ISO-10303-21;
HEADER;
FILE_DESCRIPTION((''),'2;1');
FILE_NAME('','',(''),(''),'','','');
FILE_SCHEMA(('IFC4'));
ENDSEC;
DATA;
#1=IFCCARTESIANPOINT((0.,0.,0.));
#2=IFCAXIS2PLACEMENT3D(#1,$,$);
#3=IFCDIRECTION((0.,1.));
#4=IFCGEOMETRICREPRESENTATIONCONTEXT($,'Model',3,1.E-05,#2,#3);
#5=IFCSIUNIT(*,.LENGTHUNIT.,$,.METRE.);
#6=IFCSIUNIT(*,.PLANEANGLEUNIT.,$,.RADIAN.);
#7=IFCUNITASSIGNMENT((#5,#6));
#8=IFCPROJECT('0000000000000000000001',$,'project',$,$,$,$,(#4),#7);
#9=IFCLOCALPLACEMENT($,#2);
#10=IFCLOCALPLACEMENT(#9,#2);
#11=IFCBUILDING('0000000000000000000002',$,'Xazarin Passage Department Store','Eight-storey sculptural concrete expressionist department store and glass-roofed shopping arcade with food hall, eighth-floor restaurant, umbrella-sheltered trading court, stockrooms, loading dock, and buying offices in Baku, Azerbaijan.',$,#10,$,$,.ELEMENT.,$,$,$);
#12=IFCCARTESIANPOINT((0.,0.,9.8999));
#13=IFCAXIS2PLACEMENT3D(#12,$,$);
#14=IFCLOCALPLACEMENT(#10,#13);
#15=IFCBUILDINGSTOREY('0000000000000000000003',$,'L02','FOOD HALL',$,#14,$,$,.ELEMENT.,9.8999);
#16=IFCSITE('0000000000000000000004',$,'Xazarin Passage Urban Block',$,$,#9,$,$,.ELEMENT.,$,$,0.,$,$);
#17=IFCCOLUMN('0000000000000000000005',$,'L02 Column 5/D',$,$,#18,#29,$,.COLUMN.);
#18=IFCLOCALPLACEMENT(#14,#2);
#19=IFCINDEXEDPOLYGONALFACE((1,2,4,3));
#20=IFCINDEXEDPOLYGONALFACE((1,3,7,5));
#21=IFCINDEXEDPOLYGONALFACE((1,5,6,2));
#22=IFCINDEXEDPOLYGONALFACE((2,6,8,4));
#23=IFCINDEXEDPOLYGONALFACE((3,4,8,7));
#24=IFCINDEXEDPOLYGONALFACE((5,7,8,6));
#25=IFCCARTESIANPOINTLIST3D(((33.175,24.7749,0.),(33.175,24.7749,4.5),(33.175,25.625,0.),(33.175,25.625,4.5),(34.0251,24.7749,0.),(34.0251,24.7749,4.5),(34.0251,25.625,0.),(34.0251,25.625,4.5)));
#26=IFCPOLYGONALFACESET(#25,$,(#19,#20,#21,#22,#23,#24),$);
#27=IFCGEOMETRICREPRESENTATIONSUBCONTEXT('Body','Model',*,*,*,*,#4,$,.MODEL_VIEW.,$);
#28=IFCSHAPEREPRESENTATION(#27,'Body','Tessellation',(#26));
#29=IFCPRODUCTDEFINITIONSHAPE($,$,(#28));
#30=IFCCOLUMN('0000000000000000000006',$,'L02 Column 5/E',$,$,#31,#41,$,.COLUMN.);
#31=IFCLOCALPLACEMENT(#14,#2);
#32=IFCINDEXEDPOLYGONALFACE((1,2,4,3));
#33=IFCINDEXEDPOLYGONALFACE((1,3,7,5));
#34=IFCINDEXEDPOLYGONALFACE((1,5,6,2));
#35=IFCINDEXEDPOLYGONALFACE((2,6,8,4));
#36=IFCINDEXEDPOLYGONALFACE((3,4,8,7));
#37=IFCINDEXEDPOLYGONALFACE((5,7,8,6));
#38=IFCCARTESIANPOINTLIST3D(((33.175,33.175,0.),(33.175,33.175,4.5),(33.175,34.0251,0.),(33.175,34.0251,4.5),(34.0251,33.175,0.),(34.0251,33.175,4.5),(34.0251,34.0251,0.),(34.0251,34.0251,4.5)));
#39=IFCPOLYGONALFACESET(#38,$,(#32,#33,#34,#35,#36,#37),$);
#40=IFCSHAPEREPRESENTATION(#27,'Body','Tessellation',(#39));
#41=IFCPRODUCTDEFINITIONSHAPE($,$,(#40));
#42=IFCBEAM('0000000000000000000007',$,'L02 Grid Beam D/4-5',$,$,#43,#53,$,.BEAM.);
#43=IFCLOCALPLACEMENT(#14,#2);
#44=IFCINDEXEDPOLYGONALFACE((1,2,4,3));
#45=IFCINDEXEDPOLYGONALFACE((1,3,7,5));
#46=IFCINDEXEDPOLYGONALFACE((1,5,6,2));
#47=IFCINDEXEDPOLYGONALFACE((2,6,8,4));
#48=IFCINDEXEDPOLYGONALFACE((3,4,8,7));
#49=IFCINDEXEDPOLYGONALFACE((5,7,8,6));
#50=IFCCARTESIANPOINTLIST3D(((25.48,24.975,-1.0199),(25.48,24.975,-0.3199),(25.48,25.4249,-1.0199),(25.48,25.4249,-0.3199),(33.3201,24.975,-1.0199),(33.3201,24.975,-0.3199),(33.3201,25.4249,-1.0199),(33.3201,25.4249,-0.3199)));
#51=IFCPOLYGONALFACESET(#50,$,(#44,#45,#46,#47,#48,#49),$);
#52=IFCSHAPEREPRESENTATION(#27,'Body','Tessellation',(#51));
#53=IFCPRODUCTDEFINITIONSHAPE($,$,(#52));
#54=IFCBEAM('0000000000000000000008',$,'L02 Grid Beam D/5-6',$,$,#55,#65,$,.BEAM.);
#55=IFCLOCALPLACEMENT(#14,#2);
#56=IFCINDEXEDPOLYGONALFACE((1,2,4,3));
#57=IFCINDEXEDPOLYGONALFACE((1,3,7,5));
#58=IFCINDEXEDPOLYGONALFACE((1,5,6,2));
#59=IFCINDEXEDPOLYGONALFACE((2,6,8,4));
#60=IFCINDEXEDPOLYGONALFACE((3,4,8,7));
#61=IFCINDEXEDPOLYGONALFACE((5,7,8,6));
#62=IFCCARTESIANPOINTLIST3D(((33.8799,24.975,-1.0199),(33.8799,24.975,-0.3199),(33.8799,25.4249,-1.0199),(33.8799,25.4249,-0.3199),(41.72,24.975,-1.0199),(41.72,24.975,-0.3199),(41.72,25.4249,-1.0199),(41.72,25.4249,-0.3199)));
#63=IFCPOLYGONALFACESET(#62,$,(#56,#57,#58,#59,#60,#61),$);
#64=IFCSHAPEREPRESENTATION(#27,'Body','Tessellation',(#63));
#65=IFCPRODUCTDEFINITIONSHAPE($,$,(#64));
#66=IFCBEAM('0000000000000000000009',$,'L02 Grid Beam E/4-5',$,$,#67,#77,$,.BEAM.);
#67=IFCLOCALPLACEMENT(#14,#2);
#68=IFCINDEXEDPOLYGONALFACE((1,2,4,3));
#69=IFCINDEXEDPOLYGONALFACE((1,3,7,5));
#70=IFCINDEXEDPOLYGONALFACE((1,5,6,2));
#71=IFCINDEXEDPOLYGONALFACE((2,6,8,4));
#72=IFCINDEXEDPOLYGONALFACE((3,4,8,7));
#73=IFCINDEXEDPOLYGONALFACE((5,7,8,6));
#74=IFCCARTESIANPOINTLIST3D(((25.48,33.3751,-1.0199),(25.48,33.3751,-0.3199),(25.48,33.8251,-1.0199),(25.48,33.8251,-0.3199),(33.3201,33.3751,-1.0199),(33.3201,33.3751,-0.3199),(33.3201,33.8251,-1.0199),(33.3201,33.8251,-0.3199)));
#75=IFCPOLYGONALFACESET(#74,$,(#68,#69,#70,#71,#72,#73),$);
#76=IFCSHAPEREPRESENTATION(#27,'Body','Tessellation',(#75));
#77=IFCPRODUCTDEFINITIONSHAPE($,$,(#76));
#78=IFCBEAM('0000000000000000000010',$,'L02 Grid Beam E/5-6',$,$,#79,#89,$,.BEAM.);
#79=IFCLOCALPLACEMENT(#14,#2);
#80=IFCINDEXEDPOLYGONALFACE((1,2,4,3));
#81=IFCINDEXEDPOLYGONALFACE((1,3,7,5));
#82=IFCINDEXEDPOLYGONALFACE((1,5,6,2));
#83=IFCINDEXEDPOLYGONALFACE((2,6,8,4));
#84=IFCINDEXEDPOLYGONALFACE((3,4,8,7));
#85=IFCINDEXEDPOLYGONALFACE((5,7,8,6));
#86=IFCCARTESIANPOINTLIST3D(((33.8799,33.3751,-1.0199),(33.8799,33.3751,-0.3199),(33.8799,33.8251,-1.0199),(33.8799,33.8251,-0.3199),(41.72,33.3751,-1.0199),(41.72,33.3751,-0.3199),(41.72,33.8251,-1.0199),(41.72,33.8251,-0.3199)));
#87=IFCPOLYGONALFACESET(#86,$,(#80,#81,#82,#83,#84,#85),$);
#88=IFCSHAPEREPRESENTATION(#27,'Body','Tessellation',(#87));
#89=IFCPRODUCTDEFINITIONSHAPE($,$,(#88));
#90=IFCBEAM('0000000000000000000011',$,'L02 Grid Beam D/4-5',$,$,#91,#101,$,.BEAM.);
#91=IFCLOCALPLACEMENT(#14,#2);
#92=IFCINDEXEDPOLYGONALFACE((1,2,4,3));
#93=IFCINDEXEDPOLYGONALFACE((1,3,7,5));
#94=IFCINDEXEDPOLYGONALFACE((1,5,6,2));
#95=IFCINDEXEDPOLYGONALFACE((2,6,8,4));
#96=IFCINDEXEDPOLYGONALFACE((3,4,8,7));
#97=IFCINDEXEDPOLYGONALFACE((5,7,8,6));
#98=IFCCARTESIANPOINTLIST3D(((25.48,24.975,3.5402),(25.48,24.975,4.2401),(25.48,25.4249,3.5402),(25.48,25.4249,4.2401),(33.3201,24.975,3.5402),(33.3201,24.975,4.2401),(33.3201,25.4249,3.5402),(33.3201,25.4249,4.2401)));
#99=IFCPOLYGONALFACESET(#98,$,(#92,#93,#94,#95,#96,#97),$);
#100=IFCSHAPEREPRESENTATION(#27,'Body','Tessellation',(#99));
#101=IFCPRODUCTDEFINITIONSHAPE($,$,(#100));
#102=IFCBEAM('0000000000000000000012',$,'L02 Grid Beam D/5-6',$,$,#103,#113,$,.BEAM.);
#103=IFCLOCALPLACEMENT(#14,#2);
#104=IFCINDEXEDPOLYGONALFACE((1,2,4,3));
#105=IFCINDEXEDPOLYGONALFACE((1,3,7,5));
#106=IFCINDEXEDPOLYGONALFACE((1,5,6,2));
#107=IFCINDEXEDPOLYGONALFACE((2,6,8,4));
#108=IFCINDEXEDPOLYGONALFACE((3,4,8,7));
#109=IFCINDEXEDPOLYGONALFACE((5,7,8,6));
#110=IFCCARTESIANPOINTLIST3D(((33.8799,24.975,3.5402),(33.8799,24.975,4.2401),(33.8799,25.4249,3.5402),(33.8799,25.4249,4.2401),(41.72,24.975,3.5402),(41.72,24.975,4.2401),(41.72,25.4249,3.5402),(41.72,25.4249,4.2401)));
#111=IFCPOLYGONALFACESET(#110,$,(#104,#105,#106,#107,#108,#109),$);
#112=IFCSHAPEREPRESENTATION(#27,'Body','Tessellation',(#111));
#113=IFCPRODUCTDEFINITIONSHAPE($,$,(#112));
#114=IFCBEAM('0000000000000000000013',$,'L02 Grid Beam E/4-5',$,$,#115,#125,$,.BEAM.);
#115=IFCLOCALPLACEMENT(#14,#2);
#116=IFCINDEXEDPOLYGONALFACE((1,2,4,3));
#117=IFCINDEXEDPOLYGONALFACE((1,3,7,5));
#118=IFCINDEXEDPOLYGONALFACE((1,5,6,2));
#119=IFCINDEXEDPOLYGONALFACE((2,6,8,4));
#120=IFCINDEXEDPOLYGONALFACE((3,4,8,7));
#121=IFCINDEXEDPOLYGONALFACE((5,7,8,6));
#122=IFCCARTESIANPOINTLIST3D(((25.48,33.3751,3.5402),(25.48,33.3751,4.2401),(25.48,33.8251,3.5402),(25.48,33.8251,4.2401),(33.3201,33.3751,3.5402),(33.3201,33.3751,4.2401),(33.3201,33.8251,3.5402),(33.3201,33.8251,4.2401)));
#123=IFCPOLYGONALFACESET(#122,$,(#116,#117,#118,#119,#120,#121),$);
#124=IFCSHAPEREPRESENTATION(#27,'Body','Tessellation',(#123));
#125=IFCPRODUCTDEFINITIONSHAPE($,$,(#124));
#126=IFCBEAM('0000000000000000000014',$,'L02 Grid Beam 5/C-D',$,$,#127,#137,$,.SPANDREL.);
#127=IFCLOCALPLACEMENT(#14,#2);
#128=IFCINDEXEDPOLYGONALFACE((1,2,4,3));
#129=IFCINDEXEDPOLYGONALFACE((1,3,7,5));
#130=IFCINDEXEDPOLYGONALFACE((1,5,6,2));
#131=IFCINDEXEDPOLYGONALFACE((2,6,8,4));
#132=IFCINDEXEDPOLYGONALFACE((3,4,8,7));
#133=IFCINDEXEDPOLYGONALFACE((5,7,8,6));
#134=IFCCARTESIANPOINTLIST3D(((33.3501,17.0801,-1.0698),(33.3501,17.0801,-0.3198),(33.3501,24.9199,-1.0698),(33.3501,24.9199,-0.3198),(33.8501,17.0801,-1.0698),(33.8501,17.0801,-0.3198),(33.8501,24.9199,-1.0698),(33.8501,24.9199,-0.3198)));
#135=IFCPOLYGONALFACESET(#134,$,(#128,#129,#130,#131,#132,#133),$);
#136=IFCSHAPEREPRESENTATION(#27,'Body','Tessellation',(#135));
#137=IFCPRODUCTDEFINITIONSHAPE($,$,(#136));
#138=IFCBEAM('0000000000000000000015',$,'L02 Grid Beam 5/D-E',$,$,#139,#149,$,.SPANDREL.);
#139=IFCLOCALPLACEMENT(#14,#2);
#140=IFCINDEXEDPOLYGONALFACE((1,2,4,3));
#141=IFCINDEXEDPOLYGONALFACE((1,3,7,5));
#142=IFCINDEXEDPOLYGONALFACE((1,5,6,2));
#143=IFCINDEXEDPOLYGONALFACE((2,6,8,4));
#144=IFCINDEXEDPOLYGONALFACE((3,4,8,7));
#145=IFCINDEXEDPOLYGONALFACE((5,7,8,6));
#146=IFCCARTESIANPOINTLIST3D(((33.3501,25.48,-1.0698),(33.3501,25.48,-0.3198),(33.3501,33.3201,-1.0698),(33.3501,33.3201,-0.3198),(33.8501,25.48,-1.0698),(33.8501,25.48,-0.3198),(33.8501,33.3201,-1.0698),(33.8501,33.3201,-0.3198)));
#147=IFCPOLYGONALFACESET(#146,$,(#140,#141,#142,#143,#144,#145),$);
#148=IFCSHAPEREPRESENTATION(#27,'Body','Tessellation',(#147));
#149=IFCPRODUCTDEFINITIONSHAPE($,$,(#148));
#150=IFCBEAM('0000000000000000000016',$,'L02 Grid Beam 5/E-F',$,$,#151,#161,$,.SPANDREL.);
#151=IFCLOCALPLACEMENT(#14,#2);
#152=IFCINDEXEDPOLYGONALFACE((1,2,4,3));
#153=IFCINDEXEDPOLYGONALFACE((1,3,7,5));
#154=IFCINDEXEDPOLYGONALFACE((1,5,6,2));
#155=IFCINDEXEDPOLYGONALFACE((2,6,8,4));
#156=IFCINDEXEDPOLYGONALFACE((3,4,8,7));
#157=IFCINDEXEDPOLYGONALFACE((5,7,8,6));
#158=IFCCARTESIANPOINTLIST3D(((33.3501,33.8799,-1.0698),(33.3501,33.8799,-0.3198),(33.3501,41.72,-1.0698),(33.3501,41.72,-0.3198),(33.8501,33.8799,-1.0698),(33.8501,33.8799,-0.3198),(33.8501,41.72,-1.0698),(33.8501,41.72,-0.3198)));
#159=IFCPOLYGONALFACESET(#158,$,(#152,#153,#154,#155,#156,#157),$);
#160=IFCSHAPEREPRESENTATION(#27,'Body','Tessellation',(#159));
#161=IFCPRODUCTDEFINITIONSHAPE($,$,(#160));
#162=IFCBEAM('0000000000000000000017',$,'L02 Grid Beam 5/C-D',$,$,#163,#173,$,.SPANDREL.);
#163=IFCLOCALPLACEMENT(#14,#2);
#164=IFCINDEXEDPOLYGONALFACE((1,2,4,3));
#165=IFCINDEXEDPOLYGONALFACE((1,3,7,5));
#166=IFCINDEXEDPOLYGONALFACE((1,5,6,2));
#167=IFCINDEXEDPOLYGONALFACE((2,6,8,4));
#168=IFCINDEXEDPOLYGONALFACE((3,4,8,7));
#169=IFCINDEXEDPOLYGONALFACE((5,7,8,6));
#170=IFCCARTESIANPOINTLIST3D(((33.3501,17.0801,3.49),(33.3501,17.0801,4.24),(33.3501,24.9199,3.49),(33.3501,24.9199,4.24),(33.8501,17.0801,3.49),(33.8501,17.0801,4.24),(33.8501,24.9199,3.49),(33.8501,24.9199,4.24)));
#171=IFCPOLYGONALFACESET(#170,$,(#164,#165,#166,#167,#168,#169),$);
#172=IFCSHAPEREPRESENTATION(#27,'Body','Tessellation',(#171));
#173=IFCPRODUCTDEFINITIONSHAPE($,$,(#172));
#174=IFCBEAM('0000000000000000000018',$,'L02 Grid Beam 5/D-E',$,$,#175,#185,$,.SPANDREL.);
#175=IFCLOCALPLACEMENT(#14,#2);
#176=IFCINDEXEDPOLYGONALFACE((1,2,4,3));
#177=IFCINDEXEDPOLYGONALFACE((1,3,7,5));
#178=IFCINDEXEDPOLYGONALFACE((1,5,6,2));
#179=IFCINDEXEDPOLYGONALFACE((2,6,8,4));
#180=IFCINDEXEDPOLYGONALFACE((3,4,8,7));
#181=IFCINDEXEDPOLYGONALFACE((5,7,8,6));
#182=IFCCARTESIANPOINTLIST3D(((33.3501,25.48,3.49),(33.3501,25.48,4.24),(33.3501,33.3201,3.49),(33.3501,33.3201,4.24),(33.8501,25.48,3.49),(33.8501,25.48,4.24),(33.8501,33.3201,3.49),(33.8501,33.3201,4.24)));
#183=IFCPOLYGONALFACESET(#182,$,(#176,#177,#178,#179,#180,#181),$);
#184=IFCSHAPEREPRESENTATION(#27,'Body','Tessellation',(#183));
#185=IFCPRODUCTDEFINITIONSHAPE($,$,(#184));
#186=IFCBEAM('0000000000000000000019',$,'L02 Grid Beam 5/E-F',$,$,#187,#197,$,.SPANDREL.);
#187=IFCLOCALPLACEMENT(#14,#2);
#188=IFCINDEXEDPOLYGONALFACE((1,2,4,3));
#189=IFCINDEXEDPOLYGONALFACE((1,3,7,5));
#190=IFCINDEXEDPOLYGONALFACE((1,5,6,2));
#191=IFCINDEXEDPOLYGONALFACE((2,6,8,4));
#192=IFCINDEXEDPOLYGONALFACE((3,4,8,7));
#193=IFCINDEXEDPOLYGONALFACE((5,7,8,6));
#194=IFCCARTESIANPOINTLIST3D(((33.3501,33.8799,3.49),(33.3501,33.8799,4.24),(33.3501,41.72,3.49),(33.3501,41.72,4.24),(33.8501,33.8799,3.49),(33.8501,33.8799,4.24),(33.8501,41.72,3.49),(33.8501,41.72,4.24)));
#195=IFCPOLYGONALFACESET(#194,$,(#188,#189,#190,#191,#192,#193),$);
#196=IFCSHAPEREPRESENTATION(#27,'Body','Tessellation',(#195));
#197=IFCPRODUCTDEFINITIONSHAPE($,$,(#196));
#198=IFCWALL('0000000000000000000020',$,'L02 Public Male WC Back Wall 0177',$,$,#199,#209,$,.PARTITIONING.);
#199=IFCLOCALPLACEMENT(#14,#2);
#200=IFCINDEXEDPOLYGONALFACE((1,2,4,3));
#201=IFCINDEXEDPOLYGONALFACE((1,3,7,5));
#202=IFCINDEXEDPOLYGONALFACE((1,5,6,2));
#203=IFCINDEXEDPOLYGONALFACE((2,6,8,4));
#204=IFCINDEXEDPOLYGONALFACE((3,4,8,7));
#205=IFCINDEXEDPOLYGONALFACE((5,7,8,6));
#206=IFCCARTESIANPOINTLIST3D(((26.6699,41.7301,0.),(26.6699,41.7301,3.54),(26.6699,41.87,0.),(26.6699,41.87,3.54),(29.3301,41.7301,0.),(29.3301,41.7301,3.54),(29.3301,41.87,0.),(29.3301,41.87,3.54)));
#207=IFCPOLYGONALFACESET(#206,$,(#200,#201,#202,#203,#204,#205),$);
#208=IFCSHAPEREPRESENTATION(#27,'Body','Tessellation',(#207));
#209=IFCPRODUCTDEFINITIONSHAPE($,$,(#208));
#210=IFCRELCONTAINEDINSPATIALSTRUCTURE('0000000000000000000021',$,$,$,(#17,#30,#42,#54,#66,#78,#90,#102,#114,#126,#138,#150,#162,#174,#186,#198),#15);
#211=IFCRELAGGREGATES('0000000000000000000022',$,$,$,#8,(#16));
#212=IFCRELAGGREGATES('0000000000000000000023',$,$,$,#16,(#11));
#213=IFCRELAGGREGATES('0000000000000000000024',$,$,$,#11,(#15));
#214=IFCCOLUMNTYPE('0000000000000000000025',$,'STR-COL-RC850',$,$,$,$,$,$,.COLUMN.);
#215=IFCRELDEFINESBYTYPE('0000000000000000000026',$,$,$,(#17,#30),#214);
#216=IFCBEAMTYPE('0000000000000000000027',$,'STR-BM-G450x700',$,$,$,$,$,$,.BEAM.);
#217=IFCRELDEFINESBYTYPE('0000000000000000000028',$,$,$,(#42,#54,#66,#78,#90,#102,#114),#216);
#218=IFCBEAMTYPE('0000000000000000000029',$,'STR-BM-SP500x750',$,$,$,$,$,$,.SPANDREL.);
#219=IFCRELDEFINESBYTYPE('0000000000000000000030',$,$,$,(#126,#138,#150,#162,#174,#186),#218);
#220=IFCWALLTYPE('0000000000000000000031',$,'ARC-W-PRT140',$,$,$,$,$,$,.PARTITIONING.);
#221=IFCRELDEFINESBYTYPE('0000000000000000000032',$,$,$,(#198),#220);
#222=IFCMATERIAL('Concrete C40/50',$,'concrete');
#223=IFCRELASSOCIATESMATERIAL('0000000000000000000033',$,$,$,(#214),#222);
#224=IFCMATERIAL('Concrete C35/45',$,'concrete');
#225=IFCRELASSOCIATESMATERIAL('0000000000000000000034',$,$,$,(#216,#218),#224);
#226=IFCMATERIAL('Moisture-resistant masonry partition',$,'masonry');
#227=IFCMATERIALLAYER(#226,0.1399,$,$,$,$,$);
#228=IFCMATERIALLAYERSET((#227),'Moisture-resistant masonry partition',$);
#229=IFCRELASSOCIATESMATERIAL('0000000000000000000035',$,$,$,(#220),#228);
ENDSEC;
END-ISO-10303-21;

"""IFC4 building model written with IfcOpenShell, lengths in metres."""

from ifc_helpers import new_model, si_unit, direction, frame, frame_2d, origin, origin_2d, place, context, subcontext, project, spatial, rectangle, extrude, material, layer, layer_set, material_profile, profile_set, type_object, element, save


model = new_model("IFC4")

# Units and contexts
model_context = context("Model", 3, precision=1e-05, world=origin(), true_north=direction((0.0, 1.0)))
body_context = subcontext(model_context, "Body", "Model", "MODEL_VIEW")
ifc_project = project(units=[si_unit("LENGTHUNIT", "METRE"), si_unit("PLANEANGLEUNIT", "RADIAN")], contexts=[model_context])

# Site, building, storey
site_placement = place(None, origin())
site = spatial("IfcSite", under=ifc_project, at=site_placement, Name="Xazarin Passage Urban Block", CompositionType="ELEMENT", RefElevation=0.0)
building_placement = place(site_placement, origin())
building = spatial("IfcBuilding", under=site, at=building_placement, Name="Xazarin Passage Department Store", Description="Eight-storey sculptural concrete expressionist department store and glass-roofed shopping arcade with food hall, eighth-floor restaurant, umbrella-sheltered trading court, stockrooms, loading dock, and buying offices in Baku, Azerbaijan.", CompositionType="ELEMENT")
storey_placement = place(building_placement, frame((0.0, 0.0, 9.8999)))
storey = spatial("IfcBuildingStorey", under=building, at=storey_placement, Name="L02", Description="FOOD HALL", CompositionType="ELEMENT", Elevation=9.8999)

# Columns
ifc_material_1 = material(Name="Concrete C40/50", Category="concrete")
ifc_material_profile_1 = material_profile(ifc_material_1, rectangle(XDim=0.8501, YDim=0.8501, at=origin_2d()), Name="RC 850x850")
ifc_profile_set_1 = profile_set([ifc_material_profile_1], Name="Concrete C40/50")
column_type = type_object("IfcColumnType", Name="STR-COL-RC850", PredefinedType="COLUMN", material=ifc_profile_set_1)
for number, where, z_axis, x_axis, name in (
    (1, (33.6001, 25.2, 0.0), (0.0, 0.0, 1.0), (1.0, 0.0, 0.0), "L02 Column 5/D"),
    (2, (33.6001, 33.6001, 0.0), (0.0, 0.0, 1.0), (1.0, 0.0, 0.0), "L02 Column 5/E"),
):
    element("IfcColumn", number, at=place(storey_placement, frame(where, z_axis=z_axis, x_axis=x_axis)), inside=storey, type_object=column_type, Name=name, PredefinedType="COLUMN", context=body_context, shape_type="SweptSolid", body=[
        extrude(rectangle(XDim=0.8501, YDim=0.8501, at=origin_2d()), origin(), (0.0, 0.0, 1.0), 4.5),
    ])

# Beams
ifc_material_2 = material(Name="Concrete C35/45", Category="concrete")
ifc_material_profile_2 = material_profile(ifc_material_2, rectangle(XDim=0.45, YDim=0.7, at=origin_2d()), Name="RC 450x700")
ifc_profile_set_2 = profile_set([ifc_material_profile_2], Name="Concrete C35/45")
beam_type_1 = type_object("IfcBeamType", Name="STR-BM-G450x700", PredefinedType="BEAM", material=ifc_profile_set_2)
for number, where, z_axis, x_axis, name in (
    (3, (25.48, 25.2, -0.6699), (1.0, 0.0, 0.0), (0.0, 1.0, 0.0), "L02 Grid Beam D/4-5"),
    (4, (33.8799, 25.2, -0.6699), (1.0, 0.0, 0.0), (0.0, 1.0, 0.0), "L02 Grid Beam D/5-6"),
    (5, (25.48, 33.6001, -0.6699), (1.0, 0.0, 0.0), (0.0, 1.0, 0.0), "L02 Grid Beam E/4-5"),
    (6, (33.8799, 33.6001, -0.6699), (1.0, 0.0, 0.0), (0.0, 1.0, 0.0), "L02 Grid Beam E/5-6"),
    (7, (25.48, 25.2, 3.8901), (1.0, 0.0, 0.0), (0.0, 1.0, 0.0), "L02 Grid Beam D/4-5"),
    (8, (33.8799, 25.2, 3.8901), (1.0, 0.0, 0.0), (0.0, 1.0, 0.0), "L02 Grid Beam D/5-6"),
    (9, (25.48, 33.6001, 3.8901), (1.0, 0.0, 0.0), (0.0, 1.0, 0.0), "L02 Grid Beam E/4-5"),
):
    element("IfcBeam", number, at=place(storey_placement, frame(where, z_axis=z_axis, x_axis=x_axis)), inside=storey, type_object=beam_type_1, Name=name, PredefinedType="BEAM", context=body_context, shape_type="SweptSolid", body=[
        extrude(rectangle(XDim=0.45, YDim=0.7, at=origin_2d()), origin(), (0.0, 0.0, 1.0), 7.8401),
    ])
ifc_material_profile_3 = material_profile(ifc_material_2, rectangle(XDim=0.5, YDim=0.75, at=origin_2d()), Name="RC 500x750")
ifc_profile_set_3 = profile_set([ifc_material_profile_3], Name="Concrete C35/45")
beam_type_2 = type_object("IfcBeamType", Name="STR-BM-SP500x750", PredefinedType="SPANDREL", material=ifc_profile_set_3)
beam_1_placement = place(storey_placement, frame((33.6001, 17.0801, -0.6948), z_axis=(0.0, 1.0, 0.0), x_axis=(-1.0, 0.0, 0.0)))
element("IfcBeam", 10, at=beam_1_placement, inside=storey, type_object=beam_type_2, Name="L02 Grid Beam 5/C-D", PredefinedType="SPANDREL", context=body_context, shape_type="SweptSolid", body=[
    extrude(rectangle(XDim=0.5, YDim=0.75, at=origin_2d()), origin(), (0.0, 0.0, 1.0), 7.8398),
])
for number, where, z_axis, x_axis, name in (
    (11, (33.6001, 25.48, -0.6948), (0.0, 1.0, 0.0), (-1.0, 0.0, 0.0), "L02 Grid Beam 5/D-E"),
    (12, (33.6001, 33.8799, -0.6948), (0.0, 1.0, 0.0), (-1.0, 0.0, 0.0), "L02 Grid Beam 5/E-F"),
):
    element("IfcBeam", number, at=place(storey_placement, frame(where, z_axis=z_axis, x_axis=x_axis)), inside=storey, type_object=beam_type_2, Name=name, PredefinedType="SPANDREL", context=body_context, shape_type="SweptSolid", body=[
        extrude(rectangle(XDim=0.5, YDim=0.75, at=origin_2d()), origin(), (0.0, 0.0, 1.0), 7.8401),
    ])
beam_2_placement = place(storey_placement, frame((33.6001, 17.0801, 3.865), z_axis=(0.0, 1.0, 0.0), x_axis=(-1.0, 0.0, 0.0)))
element("IfcBeam", 13, at=beam_2_placement, inside=storey, type_object=beam_type_2, Name="L02 Grid Beam 5/C-D", PredefinedType="SPANDREL", context=body_context, shape_type="SweptSolid", body=[
    extrude(rectangle(XDim=0.5, YDim=0.75, at=origin_2d()), origin(), (0.0, 0.0, 1.0), 7.8398),
])
for number, where, z_axis, x_axis, name in (
    (14, (33.6001, 25.48, 3.865), (0.0, 1.0, 0.0), (-1.0, 0.0, 0.0), "L02 Grid Beam 5/D-E"),
    (15, (33.6001, 33.8799, 3.865), (0.0, 1.0, 0.0), (-1.0, 0.0, 0.0), "L02 Grid Beam 5/E-F"),
):
    element("IfcBeam", number, at=place(storey_placement, frame(where, z_axis=z_axis, x_axis=x_axis)), inside=storey, type_object=beam_type_2, Name=name, PredefinedType="SPANDREL", context=body_context, shape_type="SweptSolid", body=[
        extrude(rectangle(XDim=0.5, YDim=0.75, at=origin_2d()), origin(), (0.0, 0.0, 1.0), 7.8401),
    ])

# Wall
ifc_material_3 = material(Name="Moisture-resistant masonry partition", Category="masonry")
ifc_layer = layer(ifc_material_3, 0.1399)
ifc_layer_set = layer_set([ifc_layer], Name="Moisture-resistant masonry partition")
wall_type = type_object("IfcWallType", Name="ARC-W-PRT140", PredefinedType="PARTITIONING", material=ifc_layer_set)
wall_1_placement = place(storey_placement, frame((26.6699, 41.8, 0.0), z_axis=(0.0, 0.0, 1.0), x_axis=(1.0, 0.0, 0.0)))
element("IfcWall", 16, at=wall_1_placement, inside=storey, type_object=wall_type, Name="L02 Public Male WC Back Wall 0177", PredefinedType="PARTITIONING", context=body_context, shape_type="SweptSolid", body=[
    extrude(rectangle(XDim=2.6602, YDim=0.1399, at=frame_2d((1.3301, 0.0))), origin(), (0.0, 0.0, 1.0), 3.54),
])

save(model, "model.ifc")
